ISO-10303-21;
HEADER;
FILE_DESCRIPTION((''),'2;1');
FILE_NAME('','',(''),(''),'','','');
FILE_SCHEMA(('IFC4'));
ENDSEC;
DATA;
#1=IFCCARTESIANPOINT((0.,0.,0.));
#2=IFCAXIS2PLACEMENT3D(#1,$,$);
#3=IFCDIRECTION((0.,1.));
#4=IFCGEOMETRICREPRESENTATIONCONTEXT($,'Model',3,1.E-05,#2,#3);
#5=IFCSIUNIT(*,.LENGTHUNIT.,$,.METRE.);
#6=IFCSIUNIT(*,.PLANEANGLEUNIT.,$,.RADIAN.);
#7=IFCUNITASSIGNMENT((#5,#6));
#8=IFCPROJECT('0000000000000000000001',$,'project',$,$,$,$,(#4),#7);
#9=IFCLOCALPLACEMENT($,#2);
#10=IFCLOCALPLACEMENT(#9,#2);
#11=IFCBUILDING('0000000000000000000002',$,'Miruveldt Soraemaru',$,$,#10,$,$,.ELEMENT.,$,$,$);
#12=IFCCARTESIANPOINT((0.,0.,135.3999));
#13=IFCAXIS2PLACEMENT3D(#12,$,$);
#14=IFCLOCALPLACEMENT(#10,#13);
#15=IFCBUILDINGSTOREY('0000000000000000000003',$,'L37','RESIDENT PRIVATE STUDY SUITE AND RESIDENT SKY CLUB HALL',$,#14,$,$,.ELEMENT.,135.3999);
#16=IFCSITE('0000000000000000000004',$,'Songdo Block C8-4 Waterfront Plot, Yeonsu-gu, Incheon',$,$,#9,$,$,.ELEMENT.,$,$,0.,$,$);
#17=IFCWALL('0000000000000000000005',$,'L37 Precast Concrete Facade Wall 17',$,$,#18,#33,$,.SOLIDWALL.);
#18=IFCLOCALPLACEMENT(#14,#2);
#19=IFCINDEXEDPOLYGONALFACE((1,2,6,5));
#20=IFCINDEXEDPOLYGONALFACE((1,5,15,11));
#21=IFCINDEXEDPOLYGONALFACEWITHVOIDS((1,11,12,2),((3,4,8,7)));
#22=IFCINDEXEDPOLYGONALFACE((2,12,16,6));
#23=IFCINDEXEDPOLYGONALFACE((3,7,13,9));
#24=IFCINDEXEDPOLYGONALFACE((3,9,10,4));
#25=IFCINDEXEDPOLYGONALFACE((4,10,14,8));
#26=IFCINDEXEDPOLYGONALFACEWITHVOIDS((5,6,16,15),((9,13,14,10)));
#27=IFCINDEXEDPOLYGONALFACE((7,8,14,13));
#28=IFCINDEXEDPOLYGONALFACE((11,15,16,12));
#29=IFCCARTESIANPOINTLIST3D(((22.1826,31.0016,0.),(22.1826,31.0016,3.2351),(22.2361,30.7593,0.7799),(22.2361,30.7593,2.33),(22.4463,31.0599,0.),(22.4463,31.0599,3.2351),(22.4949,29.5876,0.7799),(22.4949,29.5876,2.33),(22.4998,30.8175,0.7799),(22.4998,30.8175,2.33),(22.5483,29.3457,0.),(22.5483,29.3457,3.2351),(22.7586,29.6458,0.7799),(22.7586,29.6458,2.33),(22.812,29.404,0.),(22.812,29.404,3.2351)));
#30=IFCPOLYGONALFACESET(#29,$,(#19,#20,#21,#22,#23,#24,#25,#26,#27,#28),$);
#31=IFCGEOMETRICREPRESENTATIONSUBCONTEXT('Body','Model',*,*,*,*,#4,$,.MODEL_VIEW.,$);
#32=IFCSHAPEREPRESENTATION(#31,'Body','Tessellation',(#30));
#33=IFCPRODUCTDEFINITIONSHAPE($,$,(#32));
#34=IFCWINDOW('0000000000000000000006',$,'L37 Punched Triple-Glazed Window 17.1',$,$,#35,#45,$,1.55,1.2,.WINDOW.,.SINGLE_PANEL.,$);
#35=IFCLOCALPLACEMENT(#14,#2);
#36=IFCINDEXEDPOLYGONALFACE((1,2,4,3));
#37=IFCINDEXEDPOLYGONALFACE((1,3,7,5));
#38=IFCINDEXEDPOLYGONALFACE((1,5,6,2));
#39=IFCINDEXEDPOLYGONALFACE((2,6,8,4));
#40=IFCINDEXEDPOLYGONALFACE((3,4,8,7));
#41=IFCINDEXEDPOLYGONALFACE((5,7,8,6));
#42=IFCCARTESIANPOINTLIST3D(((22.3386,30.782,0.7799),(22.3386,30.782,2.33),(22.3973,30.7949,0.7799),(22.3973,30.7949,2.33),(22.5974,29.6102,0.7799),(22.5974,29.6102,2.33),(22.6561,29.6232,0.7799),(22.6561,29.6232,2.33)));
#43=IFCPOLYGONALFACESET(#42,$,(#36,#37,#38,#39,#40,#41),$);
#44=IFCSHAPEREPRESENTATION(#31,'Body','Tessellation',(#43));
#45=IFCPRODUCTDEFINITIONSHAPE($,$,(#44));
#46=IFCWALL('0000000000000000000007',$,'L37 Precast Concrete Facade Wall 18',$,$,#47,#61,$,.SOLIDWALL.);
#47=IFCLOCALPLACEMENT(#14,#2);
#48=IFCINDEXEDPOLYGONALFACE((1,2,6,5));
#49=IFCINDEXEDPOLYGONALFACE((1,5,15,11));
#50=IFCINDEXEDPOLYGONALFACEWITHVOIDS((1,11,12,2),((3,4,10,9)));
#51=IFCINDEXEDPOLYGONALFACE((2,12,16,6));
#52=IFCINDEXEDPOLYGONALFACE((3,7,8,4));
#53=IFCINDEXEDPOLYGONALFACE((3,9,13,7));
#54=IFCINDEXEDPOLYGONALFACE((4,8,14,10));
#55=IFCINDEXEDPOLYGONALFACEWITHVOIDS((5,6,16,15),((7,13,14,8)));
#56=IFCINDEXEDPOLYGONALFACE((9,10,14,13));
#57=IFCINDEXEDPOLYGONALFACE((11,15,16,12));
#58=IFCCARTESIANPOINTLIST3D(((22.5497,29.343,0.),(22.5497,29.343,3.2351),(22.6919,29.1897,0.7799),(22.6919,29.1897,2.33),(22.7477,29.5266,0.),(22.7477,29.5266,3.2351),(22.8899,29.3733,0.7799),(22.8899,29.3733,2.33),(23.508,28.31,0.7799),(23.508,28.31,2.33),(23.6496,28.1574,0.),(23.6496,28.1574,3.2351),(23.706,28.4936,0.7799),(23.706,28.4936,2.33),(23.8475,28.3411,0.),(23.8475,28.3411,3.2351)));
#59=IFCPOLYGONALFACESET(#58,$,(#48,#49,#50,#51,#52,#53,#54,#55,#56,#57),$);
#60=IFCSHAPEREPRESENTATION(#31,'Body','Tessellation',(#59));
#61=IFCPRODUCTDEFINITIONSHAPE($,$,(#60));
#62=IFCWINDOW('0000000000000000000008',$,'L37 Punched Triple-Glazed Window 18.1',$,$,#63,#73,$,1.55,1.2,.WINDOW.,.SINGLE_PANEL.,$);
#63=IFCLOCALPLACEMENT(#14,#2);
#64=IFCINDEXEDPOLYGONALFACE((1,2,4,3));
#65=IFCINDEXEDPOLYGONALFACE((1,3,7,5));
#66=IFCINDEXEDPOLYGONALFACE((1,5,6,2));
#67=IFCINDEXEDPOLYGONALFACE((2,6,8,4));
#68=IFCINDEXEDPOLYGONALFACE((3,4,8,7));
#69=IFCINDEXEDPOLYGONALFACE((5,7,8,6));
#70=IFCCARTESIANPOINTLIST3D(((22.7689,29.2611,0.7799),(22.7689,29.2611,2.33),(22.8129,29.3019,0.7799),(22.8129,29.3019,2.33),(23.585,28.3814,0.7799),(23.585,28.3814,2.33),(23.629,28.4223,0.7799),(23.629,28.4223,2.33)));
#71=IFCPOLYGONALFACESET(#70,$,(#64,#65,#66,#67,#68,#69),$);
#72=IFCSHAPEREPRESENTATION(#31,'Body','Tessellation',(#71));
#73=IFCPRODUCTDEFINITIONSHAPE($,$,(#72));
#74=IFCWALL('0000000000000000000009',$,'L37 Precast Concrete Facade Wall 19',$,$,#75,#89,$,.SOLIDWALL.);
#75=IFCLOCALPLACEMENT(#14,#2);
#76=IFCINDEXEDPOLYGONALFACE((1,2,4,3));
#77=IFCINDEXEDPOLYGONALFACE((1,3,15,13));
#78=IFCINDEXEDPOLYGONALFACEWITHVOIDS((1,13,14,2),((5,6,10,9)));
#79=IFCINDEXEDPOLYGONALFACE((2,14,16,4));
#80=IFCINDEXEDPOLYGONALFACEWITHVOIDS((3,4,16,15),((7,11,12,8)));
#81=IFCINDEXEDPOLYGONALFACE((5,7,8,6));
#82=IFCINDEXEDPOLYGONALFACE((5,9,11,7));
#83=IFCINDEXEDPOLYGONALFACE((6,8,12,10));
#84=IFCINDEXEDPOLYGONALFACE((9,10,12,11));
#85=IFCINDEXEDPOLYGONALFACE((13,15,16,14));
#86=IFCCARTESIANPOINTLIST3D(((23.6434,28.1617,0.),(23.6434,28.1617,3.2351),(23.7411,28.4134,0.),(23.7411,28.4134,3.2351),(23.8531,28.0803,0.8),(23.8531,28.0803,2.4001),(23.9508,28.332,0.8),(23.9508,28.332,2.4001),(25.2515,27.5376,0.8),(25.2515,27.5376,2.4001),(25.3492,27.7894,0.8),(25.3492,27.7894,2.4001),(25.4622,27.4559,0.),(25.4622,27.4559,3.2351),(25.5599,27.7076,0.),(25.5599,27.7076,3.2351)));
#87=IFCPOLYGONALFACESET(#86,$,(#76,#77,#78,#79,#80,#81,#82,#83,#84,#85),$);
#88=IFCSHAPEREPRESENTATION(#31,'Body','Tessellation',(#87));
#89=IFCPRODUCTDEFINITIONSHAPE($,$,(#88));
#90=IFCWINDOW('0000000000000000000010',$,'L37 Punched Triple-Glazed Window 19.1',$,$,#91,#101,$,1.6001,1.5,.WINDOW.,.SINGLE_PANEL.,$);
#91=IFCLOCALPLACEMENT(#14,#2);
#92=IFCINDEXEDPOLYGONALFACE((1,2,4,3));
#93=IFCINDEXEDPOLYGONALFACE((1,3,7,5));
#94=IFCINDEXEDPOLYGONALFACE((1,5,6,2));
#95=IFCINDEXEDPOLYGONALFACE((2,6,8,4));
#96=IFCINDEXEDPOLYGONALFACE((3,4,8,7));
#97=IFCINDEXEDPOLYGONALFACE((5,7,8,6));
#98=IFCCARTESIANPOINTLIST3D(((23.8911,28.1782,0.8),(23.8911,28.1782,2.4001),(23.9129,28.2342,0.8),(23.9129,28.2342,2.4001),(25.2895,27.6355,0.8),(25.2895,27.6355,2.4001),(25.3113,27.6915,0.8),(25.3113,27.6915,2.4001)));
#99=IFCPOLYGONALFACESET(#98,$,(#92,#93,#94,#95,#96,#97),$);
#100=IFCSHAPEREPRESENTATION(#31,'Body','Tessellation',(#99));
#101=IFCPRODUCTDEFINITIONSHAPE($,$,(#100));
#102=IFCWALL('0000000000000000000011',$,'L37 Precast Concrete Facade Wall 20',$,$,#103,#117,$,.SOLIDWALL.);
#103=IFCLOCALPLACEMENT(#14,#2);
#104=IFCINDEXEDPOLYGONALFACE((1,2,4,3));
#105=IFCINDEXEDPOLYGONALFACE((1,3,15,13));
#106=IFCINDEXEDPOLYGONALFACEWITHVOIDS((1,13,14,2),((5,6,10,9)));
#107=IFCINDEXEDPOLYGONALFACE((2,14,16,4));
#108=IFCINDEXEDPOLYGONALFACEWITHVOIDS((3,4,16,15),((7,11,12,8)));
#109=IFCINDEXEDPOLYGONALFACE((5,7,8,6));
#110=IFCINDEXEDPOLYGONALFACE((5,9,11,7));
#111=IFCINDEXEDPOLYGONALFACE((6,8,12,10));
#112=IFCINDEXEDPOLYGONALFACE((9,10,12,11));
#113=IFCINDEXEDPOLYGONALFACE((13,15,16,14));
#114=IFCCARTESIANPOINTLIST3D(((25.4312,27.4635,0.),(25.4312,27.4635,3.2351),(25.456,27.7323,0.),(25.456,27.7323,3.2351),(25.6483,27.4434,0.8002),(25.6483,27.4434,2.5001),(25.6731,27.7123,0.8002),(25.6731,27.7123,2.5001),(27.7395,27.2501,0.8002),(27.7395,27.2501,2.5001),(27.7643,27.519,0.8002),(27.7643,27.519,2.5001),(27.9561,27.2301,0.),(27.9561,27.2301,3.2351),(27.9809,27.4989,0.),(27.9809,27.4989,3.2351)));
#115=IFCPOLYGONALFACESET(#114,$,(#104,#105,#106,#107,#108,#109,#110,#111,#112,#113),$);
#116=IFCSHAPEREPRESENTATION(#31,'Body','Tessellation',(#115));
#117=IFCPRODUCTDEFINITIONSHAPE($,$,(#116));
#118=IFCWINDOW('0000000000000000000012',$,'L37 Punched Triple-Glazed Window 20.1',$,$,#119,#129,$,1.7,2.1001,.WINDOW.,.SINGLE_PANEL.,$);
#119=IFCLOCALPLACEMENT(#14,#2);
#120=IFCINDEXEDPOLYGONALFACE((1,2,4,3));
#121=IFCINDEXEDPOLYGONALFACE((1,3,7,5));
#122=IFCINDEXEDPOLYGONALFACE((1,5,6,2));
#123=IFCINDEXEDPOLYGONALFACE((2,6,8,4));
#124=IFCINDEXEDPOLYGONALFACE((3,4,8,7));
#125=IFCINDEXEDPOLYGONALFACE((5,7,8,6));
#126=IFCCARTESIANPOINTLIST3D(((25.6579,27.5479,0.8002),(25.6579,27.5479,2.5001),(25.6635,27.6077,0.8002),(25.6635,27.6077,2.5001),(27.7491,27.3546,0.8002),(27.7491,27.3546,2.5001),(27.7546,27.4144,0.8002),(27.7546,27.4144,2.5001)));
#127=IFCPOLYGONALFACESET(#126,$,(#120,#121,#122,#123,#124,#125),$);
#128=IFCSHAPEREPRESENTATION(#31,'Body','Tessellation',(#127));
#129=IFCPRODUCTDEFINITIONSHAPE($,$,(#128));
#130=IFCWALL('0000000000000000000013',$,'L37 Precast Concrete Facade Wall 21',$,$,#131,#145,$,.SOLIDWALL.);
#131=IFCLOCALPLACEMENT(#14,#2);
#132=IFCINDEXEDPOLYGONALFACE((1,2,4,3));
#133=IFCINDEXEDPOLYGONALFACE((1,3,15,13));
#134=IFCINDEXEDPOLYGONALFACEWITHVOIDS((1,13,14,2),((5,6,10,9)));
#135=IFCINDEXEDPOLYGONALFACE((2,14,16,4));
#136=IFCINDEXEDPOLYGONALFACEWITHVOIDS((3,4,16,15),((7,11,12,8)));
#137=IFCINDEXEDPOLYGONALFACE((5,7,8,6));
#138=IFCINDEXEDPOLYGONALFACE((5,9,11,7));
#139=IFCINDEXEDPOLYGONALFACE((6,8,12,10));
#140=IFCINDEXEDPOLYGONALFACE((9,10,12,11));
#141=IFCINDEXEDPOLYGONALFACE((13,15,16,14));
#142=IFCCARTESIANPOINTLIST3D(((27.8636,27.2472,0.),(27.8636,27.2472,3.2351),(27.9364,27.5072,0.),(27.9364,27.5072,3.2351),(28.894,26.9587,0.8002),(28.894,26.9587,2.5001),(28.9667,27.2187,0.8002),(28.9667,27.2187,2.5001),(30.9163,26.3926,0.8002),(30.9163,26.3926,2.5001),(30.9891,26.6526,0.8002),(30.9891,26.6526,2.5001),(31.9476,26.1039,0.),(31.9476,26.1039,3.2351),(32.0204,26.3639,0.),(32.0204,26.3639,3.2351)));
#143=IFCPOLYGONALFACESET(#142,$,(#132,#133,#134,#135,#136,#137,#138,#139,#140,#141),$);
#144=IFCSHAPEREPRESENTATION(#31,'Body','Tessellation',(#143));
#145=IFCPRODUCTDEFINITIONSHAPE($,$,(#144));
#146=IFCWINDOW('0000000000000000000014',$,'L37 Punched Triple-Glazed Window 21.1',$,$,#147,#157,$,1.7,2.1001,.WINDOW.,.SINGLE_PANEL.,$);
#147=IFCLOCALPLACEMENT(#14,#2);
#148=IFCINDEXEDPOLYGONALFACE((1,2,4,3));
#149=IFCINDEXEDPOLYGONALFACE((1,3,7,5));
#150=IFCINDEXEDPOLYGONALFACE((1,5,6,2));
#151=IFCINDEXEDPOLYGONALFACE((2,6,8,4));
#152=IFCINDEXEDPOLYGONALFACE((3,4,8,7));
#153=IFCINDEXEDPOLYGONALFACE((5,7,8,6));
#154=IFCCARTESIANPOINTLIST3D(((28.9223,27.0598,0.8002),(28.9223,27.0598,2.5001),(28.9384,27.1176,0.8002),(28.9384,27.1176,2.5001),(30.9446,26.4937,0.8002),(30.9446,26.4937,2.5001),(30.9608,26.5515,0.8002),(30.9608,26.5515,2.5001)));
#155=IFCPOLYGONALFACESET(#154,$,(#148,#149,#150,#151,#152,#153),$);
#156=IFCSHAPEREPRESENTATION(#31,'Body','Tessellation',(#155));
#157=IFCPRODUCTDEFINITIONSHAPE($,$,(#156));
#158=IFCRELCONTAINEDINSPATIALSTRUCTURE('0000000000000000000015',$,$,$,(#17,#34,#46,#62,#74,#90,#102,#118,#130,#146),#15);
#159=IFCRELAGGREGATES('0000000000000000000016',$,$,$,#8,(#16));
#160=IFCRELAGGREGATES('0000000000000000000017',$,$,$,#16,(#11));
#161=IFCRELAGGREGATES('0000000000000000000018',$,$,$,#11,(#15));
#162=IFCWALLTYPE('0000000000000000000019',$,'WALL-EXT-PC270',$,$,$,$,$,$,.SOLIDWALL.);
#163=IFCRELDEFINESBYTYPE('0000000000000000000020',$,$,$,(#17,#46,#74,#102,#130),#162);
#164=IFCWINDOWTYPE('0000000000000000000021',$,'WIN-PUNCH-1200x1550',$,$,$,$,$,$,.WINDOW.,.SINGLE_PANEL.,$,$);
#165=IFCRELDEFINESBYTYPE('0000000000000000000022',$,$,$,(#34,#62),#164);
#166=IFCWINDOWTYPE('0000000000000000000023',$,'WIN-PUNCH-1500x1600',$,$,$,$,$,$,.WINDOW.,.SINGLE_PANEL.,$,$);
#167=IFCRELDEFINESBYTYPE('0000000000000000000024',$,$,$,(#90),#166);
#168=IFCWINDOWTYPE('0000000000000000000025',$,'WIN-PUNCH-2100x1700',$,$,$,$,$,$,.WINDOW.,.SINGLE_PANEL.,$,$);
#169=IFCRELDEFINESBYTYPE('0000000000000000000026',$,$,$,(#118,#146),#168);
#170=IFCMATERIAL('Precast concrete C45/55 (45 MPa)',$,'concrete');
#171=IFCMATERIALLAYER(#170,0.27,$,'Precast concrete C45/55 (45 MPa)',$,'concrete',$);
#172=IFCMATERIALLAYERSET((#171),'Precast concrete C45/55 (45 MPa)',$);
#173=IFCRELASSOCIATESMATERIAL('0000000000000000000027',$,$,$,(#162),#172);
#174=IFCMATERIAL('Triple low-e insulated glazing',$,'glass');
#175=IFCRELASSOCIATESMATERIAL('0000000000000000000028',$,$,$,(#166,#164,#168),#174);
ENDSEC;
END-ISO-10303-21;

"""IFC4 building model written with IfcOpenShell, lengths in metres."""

from ifc_helpers import new_model, si_unit, direction, frame, frame_2d, origin, place, context, subcontext, project, spatial, rectangle, extrude, material, layer, layer_set, type_object, element, fill, save


model = new_model("IFC4")

# Units and contexts
model_context = context("Model", 3, precision=1e-05, world=origin(), true_north=direction((0.0, 1.0)))
body_context = subcontext(model_context, "Body", "Model", "MODEL_VIEW")
ifc_project = project(units=[si_unit("LENGTHUNIT", "METRE"), si_unit("PLANEANGLEUNIT", "RADIAN")], contexts=[model_context])

# Site, building, storey
site_placement = place(None, origin())
site = spatial("IfcSite", under=ifc_project, at=site_placement, Name="Songdo Block C8-4 Waterfront Plot, Yeonsu-gu, Incheon", CompositionType="ELEMENT", RefElevation=0.0)
building_placement = place(site_placement, origin())
building = spatial("IfcBuilding", under=site, at=building_placement, Name="Miruveldt Soraemaru", CompositionType="ELEMENT")
storey_placement = place(building_placement, frame((0.0, 0.0, 135.3999)))
storey = spatial("IfcBuildingStorey", under=building, at=storey_placement, Name="L37", Description="RESIDENT PRIVATE STUDY SUITE AND RESIDENT SKY CLUB HALL", CompositionType="ELEMENT", Elevation=135.3999)

# Walls, openings, windows
ifc_material_1 = material(Name="Precast concrete C45/55 (45 MPa)", Category="concrete")
ifc_layer_1 = layer(ifc_material_1, 0.27, Name="Precast concrete C45/55 (45 MPa)", Category="concrete")
ifc_layer_set_1 = layer_set([ifc_layer_1], Name="Precast concrete C45/55 (45 MPa)")
wall_type_1 = type_object("IfcWallType", Name="WALL-EXT-PC270", PredefinedType="SOLIDWALL", material=ifc_layer_set_1)
ifc_material_2 = material(Name="Triple low-e insulated glazing", Category="glass")
window_type_1 = type_object("IfcWindowType", Name="WIN-PUNCH-1500x1600", PartitioningType="SINGLE_PANEL", PredefinedType="WINDOW", material=ifc_material_2)
wall_1_placement = place(storey_placement, frame((22.3145, 31.0308, 0.0), z_axis=(0.0, 0.0, 1.0), x_axis=(0.21565, -0.976471, 0.0)))
wall_1 = element("IfcWall", 1, at=wall_1_placement, inside=storey, type_object=wall_type_1, Name="L37 Precast Concrete Facade Wall 17", PredefinedType="SOLIDWALL", context=body_context, shape_type="SweptSolid", body=[
    extrude(rectangle(XDim=1.6958, YDim=0.27, at=frame_2d((0.8479, 0.0))), origin(), (0.0, 0.0, 1.0), 3.2351),
])
opening_1_placement = place(wall_1_placement, frame((0.248, 0.0, 0.78)))
opening_1 = element("IfcOpeningElement", 2, at=opening_1_placement, cuts=wall_1, PredefinedType="OPENING", context=body_context, shape_type="SweptSolid", body=[
    extrude(rectangle(XDim=1.2, YDim=1.55, at=frame_2d((0.6001, 0.7749))), frame((0.0, 0.145, 0.0), z_axis=(0.0, -1.0, 0.0), x_axis=(1.0, 0.0, 0.0)), (0.0, 0.0, 1.0), 0.29),
])
window_type_2 = type_object("IfcWindowType", Name="WIN-PUNCH-1200x1550", PartitioningType="SINGLE_PANEL", PredefinedType="WINDOW", material=ifc_material_2)
window_1_placement = place(opening_1_placement, origin())
window_1 = element("IfcWindow", 3, at=window_1_placement, inside=storey, type_object=window_type_2, Name="L37 Punched Triple-Glazed Window 17.1", OverallHeight=1.55, OverallWidth=1.2, PartitioningType="SINGLE_PANEL", PredefinedType="WINDOW", context=body_context, shape_type="SweptSolid", body=[
    extrude(rectangle(XDim=1.2, YDim=1.55, at=frame_2d((0.6001, 0.7749))), frame((0.0, 0.03, 0.0), z_axis=(0.0, -1.0, 0.0), x_axis=(1.0, 0.0, 0.0)), (0.0, 0.0, 1.0), 0.0601),
])
fill(opening_1, window_1)
wall_2_placement = place(storey_placement, frame((22.6487, 29.4348, 0.0), z_axis=(0.0, 0.0, 1.0), x_axis=(0.680115, -0.733105, 0.0)))
wall_2 = element("IfcWall", 4, at=wall_2_placement, inside=storey, type_object=wall_type_1, Name="L37 Precast Concrete Facade Wall 18", PredefinedType="SOLIDWALL", context=body_context, shape_type="SweptSolid", body=[
    extrude(rectangle(XDim=1.6172, YDim=0.27, at=frame_2d((0.8086, 0.0))), origin(), (0.0, 0.0, 1.0), 3.2351),
])
opening_2_placement = place(wall_2_placement, frame((0.209, 0.0, 0.78)))
opening_2 = element("IfcOpeningElement", 5, at=opening_2_placement, cuts=wall_2, PredefinedType="OPENING", context=body_context, shape_type="SweptSolid", body=[
    extrude(rectangle(XDim=1.2, YDim=1.55, at=frame_2d((0.6001, 0.7749))), frame((0.0, 0.145, 0.0), z_axis=(0.0, -1.0, 0.0), x_axis=(1.0, 0.0, 0.0)), (0.0, 0.0, 1.0), 0.29),
])
window_2_placement = place(opening_2_placement, origin())
window_2 = element("IfcWindow", 6, at=window_2_placement, inside=storey, type_object=window_type_2, Name="L37 Punched Triple-Glazed Window 18.1", OverallHeight=1.55, OverallWidth=1.2, PartitioningType="SINGLE_PANEL", PredefinedType="WINDOW", context=body_context, shape_type="SweptSolid", body=[
    extrude(rectangle(XDim=1.2, YDim=1.55, at=frame_2d((0.6001, 0.7749))), frame((0.0, 0.03, 0.0), z_axis=(0.0, -1.0, 0.0), x_axis=(1.0, 0.0, 0.0)), (0.0, 0.0, 1.0), 0.0601),
])
fill(opening_2, window_2)
wall_3_placement = place(storey_placement, frame((23.6921, 28.2876, 0.0), z_axis=(0.0, 0.0, 1.0), x_axis=(0.932267, -0.36177, 0.0)))
wall_3 = element("IfcWall", 7, at=wall_3_placement, inside=storey, type_object=wall_type_1, Name="L37 Precast Concrete Facade Wall 19", PredefinedType="SOLIDWALL", context=body_context, shape_type="SweptSolid", body=[
    extrude(rectangle(XDim=1.9509, YDim=0.27, at=frame_2d((0.9756, 0.0))), origin(), (0.0, 0.0, 1.0), 3.2351),
])
opening_3_placement = place(wall_3_placement, frame((0.2251, 0.0, 0.8)))
opening_3 = element("IfcOpeningElement", 8, at=opening_3_placement, cuts=wall_3, PredefinedType="OPENING", context=body_context, shape_type="SweptSolid", body=[
    extrude(rectangle(XDim=1.5, YDim=1.6001, at=frame_2d((0.75, 0.8))), frame((0.0, 0.145, 0.0), z_axis=(0.0, -1.0, 0.0), x_axis=(1.0, 0.0, 0.0)), (0.0, 0.0, 1.0), 0.29),
])
window_3_placement = place(opening_3_placement, origin())
window_3 = element("IfcWindow", 9, at=window_3_placement, inside=storey, type_object=window_type_1, Name="L37 Punched Triple-Glazed Window 19.1", OverallHeight=1.6001, OverallWidth=1.5, PartitioningType="SINGLE_PANEL", PredefinedType="WINDOW", context=body_context, shape_type="SweptSolid", body=[
    extrude(rectangle(XDim=1.5, YDim=1.6001, at=frame_2d((0.75, 0.8))), frame((0.0, 0.03, 0.0), z_axis=(0.0, -1.0, 0.0), x_axis=(1.0, 0.0, 0.0)), (0.0, 0.0, 1.0), 0.0601),
])
fill(opening_3, window_3)
wall_4_placement = place(storey_placement, frame((25.4436, 27.5979, 0.0), z_axis=(0.0, 0.0, 1.0), x_axis=(0.995755, -0.092046, 0.0)))
wall_4 = element("IfcWall", 10, at=wall_4_placement, inside=storey, type_object=wall_type_1, Name="L37 Precast Concrete Facade Wall 20", PredefinedType="SOLIDWALL", context=body_context, shape_type="SweptSolid", body=[
    extrude(rectangle(XDim=2.5356, YDim=0.27, at=frame_2d((1.2678, 0.0))), origin(), (0.0, 0.0, 1.0), 3.2351),
])
opening_4_placement = place(wall_4_placement, frame((0.218, 0.0, 0.8)))
opening_4 = element("IfcOpeningElement", 11, at=opening_4_placement, cuts=wall_4, PredefinedType="OPENING", context=body_context, shape_type="SweptSolid", body=[
    extrude(rectangle(XDim=2.1001, YDim=1.7, at=frame_2d((1.05, 0.8501))), frame((0.0, 0.145, 0.0), z_axis=(0.0, -1.0, 0.0), x_axis=(1.0, 0.0, 0.0)), (0.0, 0.0, 1.0), 0.29),
])
window_type_3 = type_object("IfcWindowType", Name="WIN-PUNCH-2100x1700", PartitioningType="SINGLE_PANEL", PredefinedType="WINDOW", material=ifc_material_2)
window_4_placement = place(opening_4_placement, origin())
window_4 = element("IfcWindow", 12, at=window_4_placement, inside=storey, type_object=window_type_3, Name="L37 Punched Triple-Glazed Window 20.1", OverallHeight=1.7, OverallWidth=2.1001, PartitioningType="SINGLE_PANEL", PredefinedType="WINDOW", context=body_context, shape_type="SweptSolid", body=[
    extrude(rectangle(XDim=2.1001, YDim=1.7, at=frame_2d((1.05, 0.8501))), frame((0.0, 0.03, 0.0), z_axis=(0.0, -1.0, 0.0), x_axis=(1.0, 0.0, 0.0)), (0.0, 0.0, 1.0), 0.0601),
])
fill(opening_4, window_4)
wall_5_placement = place(storey_placement, frame((27.8999, 27.3772, 0.0), z_axis=(0.0, 0.0, 1.0), x_axis=(0.962977, -0.269585, 0.0)))
wall_5 = element("IfcWall", 13, at=wall_5_placement, inside=storey, type_object=wall_type_1, Name="L37 Precast Concrete Facade Wall 21", PredefinedType="SOLIDWALL", context=body_context, shape_type="SweptSolid", body=[
    extrude(rectangle(XDim=4.241, YDim=0.27, at=frame_2d((2.1206, 0.0))), origin(), (0.0, 0.0, 1.0), 3.2351),
])
opening_5_placement = place(wall_5_placement, frame((1.0701, 0.0, 0.8)))
opening_5 = element("IfcOpeningElement", 14, at=opening_5_placement, cuts=wall_5, PredefinedType="OPENING", context=body_context, shape_type="SweptSolid", body=[
    extrude(rectangle(XDim=2.1001, YDim=1.7, at=frame_2d((1.05, 0.8501))), frame((0.0, 0.145, 0.0), z_axis=(0.0, -1.0, 0.0), x_axis=(1.0, 0.0, 0.0)), (0.0, 0.0, 1.0), 0.29),
])
window_5_placement = place(opening_5_placement, origin())
window_5 = element("IfcWindow", 15, at=window_5_placement, inside=storey, type_object=window_type_3, Name="L37 Punched Triple-Glazed Window 21.1", OverallHeight=1.7, OverallWidth=2.1001, PartitioningType="SINGLE_PANEL", PredefinedType="WINDOW", context=body_context, shape_type="SweptSolid", body=[
    extrude(rectangle(XDim=2.1001, YDim=1.7, at=frame_2d((1.05, 0.8501))), frame((0.0, 0.03, 0.0), z_axis=(0.0, -1.0, 0.0), x_axis=(1.0, 0.0, 0.0)), (0.0, 0.0, 1.0), 0.0601),
])
fill(opening_5, window_5)

save(model, "model.ifc")
